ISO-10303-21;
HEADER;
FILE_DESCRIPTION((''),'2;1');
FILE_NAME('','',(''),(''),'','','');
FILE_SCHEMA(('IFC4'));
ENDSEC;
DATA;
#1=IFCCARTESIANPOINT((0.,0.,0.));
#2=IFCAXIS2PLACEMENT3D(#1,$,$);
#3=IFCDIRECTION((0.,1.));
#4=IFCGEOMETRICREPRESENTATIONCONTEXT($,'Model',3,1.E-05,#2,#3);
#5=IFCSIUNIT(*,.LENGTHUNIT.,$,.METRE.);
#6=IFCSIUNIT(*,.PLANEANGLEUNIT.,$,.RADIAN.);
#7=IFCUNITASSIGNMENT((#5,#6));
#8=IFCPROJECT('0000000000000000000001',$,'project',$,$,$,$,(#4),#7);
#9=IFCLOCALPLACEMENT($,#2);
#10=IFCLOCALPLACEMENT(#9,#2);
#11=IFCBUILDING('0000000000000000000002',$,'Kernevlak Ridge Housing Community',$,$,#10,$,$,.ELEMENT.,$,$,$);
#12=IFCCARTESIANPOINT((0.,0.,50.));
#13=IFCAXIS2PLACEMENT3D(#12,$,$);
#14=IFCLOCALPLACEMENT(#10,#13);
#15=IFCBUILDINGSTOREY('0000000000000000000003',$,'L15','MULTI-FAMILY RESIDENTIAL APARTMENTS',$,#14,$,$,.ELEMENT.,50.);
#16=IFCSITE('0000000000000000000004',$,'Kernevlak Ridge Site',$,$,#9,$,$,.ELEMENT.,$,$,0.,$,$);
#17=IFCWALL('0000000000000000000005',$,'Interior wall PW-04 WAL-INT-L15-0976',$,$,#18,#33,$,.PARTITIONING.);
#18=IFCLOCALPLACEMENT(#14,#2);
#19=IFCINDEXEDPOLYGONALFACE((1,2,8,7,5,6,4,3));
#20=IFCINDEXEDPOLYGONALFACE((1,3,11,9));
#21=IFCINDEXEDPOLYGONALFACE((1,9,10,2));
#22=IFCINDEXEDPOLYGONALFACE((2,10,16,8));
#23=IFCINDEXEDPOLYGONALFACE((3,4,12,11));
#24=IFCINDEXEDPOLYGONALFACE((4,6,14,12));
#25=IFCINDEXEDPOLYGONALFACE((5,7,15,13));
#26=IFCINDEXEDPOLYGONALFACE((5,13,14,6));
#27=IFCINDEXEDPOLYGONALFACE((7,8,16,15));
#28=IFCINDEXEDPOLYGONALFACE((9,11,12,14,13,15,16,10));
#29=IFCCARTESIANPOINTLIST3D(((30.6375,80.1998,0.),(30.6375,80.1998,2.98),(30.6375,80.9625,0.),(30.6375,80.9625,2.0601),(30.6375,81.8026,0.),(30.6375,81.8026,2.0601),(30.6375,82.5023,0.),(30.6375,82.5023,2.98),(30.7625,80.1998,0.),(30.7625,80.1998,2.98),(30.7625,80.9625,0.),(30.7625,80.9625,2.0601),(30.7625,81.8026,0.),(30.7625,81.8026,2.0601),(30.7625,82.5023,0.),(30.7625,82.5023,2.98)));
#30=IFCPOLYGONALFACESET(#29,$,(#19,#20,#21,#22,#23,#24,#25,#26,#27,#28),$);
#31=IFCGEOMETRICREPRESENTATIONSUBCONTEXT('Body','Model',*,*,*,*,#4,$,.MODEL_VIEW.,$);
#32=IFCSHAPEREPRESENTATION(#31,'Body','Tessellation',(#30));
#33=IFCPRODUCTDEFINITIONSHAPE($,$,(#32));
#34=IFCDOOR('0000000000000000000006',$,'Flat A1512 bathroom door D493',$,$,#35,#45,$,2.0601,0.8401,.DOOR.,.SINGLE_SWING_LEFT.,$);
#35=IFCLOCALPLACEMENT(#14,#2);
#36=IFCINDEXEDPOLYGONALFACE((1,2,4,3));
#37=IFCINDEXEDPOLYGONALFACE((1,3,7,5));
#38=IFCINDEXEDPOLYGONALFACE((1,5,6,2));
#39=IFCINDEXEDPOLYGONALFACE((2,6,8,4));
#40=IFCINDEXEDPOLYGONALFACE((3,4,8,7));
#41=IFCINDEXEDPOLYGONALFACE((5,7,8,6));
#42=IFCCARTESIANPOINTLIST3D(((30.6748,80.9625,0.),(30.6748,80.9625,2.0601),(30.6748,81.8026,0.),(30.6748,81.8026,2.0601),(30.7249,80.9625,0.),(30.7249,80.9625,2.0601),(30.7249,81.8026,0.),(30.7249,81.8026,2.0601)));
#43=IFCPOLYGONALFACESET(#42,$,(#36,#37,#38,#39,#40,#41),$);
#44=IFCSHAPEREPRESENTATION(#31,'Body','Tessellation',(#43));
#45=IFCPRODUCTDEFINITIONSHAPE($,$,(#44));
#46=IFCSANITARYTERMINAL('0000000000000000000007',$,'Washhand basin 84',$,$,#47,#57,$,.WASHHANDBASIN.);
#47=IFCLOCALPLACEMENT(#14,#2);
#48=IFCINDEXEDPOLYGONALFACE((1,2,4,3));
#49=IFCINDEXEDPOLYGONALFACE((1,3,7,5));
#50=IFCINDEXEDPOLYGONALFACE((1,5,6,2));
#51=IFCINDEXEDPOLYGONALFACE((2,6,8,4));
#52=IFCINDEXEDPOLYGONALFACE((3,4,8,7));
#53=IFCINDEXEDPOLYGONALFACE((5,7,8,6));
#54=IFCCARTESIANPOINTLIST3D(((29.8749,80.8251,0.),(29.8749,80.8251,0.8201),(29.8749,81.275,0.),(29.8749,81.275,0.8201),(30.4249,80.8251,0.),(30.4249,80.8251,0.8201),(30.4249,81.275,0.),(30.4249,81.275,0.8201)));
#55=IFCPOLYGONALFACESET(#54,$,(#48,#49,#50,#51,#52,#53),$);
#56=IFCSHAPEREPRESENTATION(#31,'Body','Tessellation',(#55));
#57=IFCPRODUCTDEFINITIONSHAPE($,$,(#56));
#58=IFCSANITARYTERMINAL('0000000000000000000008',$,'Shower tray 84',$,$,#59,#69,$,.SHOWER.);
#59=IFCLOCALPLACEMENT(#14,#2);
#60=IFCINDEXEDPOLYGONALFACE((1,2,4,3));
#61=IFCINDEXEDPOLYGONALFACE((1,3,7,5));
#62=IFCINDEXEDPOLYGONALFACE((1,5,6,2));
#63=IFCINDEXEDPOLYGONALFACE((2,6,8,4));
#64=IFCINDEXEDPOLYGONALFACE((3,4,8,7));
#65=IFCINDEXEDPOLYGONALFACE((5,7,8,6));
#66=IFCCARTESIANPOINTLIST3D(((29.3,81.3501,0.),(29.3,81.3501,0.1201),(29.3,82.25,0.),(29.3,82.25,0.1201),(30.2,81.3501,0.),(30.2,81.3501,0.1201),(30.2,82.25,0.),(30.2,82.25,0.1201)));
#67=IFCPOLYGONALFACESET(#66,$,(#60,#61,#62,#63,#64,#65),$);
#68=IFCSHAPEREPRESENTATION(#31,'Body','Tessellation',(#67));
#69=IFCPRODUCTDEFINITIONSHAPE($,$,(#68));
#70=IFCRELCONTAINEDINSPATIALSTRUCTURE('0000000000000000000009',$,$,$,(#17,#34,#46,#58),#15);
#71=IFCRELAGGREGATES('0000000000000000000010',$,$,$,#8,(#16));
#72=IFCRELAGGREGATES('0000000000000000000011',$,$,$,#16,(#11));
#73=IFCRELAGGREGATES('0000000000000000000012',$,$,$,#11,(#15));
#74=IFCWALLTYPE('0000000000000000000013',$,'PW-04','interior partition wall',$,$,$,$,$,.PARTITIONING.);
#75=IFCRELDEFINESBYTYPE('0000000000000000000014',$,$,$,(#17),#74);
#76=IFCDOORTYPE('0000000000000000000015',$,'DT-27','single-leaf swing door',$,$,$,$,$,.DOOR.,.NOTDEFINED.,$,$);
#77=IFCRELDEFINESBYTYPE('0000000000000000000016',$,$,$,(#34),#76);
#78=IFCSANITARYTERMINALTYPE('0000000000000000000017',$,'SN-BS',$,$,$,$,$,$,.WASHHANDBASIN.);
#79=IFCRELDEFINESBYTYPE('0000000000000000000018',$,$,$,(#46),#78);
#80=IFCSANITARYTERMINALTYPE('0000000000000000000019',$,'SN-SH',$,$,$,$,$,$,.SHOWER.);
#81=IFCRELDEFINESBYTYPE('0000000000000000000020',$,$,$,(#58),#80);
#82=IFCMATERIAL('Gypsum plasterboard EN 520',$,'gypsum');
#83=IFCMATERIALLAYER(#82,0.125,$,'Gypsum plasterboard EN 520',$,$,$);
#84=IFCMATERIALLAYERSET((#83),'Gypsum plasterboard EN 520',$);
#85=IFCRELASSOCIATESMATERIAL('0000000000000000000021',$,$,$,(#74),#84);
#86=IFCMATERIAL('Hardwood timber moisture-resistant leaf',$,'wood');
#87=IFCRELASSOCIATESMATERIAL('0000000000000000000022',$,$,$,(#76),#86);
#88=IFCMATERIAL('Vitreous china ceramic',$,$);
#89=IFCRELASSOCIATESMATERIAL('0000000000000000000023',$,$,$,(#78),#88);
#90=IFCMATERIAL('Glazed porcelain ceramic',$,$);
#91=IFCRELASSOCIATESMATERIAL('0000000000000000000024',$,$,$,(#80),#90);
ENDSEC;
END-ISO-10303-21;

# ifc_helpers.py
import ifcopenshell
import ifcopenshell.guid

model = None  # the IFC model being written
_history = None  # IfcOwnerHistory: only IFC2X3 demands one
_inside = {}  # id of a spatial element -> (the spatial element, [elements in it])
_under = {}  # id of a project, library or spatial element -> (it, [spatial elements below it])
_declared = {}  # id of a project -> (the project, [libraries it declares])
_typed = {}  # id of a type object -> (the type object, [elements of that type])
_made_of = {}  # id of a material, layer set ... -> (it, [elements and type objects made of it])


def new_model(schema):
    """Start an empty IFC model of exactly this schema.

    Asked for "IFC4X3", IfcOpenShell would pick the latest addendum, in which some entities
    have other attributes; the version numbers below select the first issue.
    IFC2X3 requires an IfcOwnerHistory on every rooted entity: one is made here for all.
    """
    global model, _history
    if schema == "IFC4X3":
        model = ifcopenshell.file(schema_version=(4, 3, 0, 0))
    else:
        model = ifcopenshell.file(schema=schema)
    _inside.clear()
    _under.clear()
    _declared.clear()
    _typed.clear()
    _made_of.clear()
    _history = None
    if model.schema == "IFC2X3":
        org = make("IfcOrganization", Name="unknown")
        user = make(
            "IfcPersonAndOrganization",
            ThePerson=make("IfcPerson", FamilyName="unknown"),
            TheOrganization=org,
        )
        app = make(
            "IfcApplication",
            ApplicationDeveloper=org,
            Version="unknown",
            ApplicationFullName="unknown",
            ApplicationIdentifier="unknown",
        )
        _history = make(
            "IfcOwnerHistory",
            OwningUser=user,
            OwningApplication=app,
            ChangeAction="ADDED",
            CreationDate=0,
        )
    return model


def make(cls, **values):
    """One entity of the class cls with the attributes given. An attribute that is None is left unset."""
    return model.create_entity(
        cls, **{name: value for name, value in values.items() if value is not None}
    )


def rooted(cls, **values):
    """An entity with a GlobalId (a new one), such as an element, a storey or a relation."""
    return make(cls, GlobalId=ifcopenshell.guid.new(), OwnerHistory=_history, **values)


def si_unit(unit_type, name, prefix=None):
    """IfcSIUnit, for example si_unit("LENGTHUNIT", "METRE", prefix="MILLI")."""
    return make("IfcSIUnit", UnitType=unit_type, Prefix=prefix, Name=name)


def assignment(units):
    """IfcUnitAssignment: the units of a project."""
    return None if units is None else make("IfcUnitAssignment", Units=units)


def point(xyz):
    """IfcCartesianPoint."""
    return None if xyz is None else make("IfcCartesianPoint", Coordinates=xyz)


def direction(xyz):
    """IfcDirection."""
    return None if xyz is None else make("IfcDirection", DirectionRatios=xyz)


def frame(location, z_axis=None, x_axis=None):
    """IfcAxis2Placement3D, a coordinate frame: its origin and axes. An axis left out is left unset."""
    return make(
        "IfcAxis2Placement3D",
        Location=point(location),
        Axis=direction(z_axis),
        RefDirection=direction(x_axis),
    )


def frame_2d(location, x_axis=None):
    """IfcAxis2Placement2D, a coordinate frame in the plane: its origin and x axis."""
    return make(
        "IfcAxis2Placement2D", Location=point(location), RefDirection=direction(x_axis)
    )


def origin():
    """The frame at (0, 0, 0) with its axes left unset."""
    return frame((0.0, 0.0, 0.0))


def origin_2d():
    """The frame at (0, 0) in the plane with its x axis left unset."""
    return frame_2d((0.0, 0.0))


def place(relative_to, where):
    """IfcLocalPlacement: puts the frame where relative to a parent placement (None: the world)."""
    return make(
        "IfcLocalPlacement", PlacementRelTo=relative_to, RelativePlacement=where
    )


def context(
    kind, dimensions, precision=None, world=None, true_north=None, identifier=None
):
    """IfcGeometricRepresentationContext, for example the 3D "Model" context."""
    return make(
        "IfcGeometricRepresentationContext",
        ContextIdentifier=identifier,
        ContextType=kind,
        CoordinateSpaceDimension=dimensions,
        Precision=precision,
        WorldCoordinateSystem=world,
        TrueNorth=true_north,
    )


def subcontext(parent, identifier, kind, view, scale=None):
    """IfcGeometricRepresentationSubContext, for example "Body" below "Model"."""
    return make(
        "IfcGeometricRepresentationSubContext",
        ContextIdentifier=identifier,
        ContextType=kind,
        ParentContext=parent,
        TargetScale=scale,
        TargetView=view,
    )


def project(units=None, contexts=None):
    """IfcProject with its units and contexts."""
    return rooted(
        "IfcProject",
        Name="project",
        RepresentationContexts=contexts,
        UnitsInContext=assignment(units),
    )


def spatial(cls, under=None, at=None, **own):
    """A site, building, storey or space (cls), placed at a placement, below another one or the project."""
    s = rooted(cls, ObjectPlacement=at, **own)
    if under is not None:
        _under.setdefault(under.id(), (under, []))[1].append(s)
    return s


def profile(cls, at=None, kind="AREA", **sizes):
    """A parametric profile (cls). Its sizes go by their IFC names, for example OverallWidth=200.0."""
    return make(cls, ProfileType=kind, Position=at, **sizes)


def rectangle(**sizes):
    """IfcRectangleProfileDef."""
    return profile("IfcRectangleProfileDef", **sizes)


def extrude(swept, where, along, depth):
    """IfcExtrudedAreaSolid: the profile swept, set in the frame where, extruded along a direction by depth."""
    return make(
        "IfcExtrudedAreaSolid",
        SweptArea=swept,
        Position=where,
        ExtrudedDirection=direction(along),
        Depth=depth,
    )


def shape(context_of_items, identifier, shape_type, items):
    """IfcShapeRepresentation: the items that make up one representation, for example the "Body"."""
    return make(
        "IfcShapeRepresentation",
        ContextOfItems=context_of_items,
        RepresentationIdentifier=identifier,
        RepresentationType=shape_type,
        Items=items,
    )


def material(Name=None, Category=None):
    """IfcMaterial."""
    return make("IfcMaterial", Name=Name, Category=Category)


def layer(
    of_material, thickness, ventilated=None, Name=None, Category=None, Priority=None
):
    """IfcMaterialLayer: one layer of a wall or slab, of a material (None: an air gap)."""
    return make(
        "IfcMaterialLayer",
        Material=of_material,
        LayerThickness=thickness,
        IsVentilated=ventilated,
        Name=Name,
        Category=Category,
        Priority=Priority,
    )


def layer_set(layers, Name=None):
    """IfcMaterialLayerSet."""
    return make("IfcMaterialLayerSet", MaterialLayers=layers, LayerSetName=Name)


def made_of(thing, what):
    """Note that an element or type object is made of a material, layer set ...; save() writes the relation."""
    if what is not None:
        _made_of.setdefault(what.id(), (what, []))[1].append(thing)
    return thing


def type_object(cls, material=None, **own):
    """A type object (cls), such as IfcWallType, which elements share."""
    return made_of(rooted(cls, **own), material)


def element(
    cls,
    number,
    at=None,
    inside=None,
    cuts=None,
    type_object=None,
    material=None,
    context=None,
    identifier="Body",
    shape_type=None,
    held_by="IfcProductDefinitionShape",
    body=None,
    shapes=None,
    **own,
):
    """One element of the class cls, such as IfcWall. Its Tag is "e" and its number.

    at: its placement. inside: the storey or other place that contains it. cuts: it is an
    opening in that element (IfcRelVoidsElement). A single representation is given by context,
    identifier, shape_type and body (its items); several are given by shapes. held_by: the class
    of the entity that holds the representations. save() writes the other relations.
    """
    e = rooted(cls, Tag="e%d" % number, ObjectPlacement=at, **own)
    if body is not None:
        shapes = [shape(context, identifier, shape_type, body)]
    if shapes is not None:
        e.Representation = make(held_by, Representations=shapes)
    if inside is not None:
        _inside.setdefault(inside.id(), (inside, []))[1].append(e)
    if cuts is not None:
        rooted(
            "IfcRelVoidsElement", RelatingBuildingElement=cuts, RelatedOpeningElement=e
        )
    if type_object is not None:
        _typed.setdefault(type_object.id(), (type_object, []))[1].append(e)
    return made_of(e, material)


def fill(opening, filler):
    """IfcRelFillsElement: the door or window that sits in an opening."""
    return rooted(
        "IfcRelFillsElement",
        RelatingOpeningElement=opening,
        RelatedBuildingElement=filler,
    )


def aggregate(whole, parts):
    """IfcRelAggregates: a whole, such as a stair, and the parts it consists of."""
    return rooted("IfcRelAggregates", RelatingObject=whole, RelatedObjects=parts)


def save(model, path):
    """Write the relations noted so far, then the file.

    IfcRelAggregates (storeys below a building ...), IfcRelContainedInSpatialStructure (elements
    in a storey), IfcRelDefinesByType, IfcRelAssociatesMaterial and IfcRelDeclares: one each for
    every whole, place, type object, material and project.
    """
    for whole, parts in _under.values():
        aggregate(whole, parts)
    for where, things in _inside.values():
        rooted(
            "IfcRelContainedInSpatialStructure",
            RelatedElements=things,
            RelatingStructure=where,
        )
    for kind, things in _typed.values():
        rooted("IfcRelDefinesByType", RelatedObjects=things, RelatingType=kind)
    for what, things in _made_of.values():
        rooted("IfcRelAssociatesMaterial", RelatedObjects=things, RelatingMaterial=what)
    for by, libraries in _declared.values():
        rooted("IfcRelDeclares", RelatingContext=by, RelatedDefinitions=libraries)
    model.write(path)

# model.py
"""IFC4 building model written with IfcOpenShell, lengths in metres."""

from ifc_helpers import new_model, si_unit, direction, frame, frame_2d, origin, origin_2d, place, context, subcontext, project, spatial, rectangle, extrude, material, layer, layer_set, type_object, element, fill, save


model = new_model("IFC4")

# Units and contexts
model_context = context("Model", 3, precision=1e-05, world=origin(), true_north=direction((0.0, 1.0)))
body_context = subcontext(model_context, "Body", "Model", "MODEL_VIEW")
ifc_project = project(units=[si_unit("LENGTHUNIT", "METRE"), si_unit("PLANEANGLEUNIT", "RADIAN")], contexts=[model_context])

# Site, building, storey
site_placement = place(None, origin())
site = spatial("IfcSite", under=ifc_project, at=site_placement, Name="Kernevlak Ridge Site", CompositionType="ELEMENT", RefElevation=0.0)
building_placement = place(site_placement, origin())
building = spatial("IfcBuilding", under=site, at=building_placement, Name="Kernevlak Ridge Housing Community", CompositionType="ELEMENT")
storey_placement = place(building_placement, frame((0.0, 0.0, 50.0)))
storey = spatial("IfcBuildingStorey", under=building, at=storey_placement, Name="L15", Description="MULTI-FAMILY RESIDENTIAL APARTMENTS", CompositionType="ELEMENT", Elevation=50.0)

# Wall, opening, door
ifc_material_1 = material(Name="Gypsum plasterboard EN 520", Category="gypsum")
ifc_layer_1 = layer(ifc_material_1, 0.125, Name="Gypsum plasterboard EN 520")
ifc_layer_set_1 = layer_set([ifc_layer_1], Name="Gypsum plasterboard EN 520")
wall_type_1 = type_object("IfcWallType", Name="PW-04", Description="interior partition wall", PredefinedType="PARTITIONING", material=ifc_layer_set_1)
wall_1_placement = place(storey_placement, frame((30.7, 82.5024, 0.0), z_axis=(0.0, 0.0, 1.0), x_axis=(0.0, -1.0, 0.0)))
wall_1 = element("IfcWall", 1, at=wall_1_placement, inside=storey, type_object=wall_type_1, Name="Interior wall PW-04 WAL-INT-L15-0976", PredefinedType="PARTITIONING", context=body_context, shape_type="SweptSolid", body=[
    extrude(rectangle(XDim=2.3025, YDim=0.125, at=frame_2d((1.1514, 0.0))), origin(), (0.0, 0.0, 1.0), 2.98),
])
opening_1_placement = place(wall_1_placement, frame((0.7, 0.0, 0.0)))
opening_1 = element("IfcOpeningElement", 2, at=opening_1_placement, cuts=wall_1, PredefinedType="OPENING", context=body_context, shape_type="SweptSolid", body=[
    extrude(rectangle(XDim=0.8401, YDim=2.0601, at=frame_2d((0.4199, 1.03))), frame((0.0, 0.0725, 0.0), z_axis=(0.0, -1.0, 0.0), x_axis=(1.0, 0.0, 0.0)), (0.0, 0.0, 1.0), 0.145),
])
ifc_material_2 = material(Name="Hardwood timber moisture-resistant leaf", Category="wood")
door_type_1 = type_object("IfcDoorType", Name="DT-27", Description="single-leaf swing door", OperationType="NOTDEFINED", PredefinedType="DOOR", material=ifc_material_2)
door_1_placement = place(opening_1_placement, origin())
door_1 = element("IfcDoor", 3, at=door_1_placement, inside=storey, type_object=door_type_1, Name="Flat A1512 bathroom door D493", OperationType="SINGLE_SWING_LEFT", OverallHeight=2.0601, OverallWidth=0.8401, PredefinedType="DOOR", context=body_context, shape_type="SweptSolid", body=[
    extrude(rectangle(XDim=0.8401, YDim=2.0601, at=frame_2d((0.4199, 1.03))), frame((0.0, 0.0249, 0.0), z_axis=(0.0, -1.0, 0.0), x_axis=(1.0, 0.0, 0.0)), (0.0, 0.0, 1.0), 0.05),
])
fill(opening_1, door_1)

# Sanitary terminals
ifc_material_3 = material(Name="Vitreous china ceramic")
sanitary_terminal_type_1 = type_object("IfcSanitaryTerminalType", Name="SN-BS", PredefinedType="WASHHANDBASIN", material=ifc_material_3)
sanitary_terminal_1_placement = place(storey_placement, frame((30.1499, 81.05, 0.0), z_axis=(0.0, 0.0, 1.0), x_axis=(1.0, 0.0, 0.0)))
element("IfcSanitaryTerminal", 4, at=sanitary_terminal_1_placement, inside=storey, type_object=sanitary_terminal_type_1, Name="Washhand basin 84", PredefinedType="WASHHANDBASIN", context=body_context, shape_type="SweptSolid", body=[
    extrude(rectangle(XDim=0.55, YDim=0.45, at=origin_2d()), origin(), (0.0, 0.0, 1.0), 0.8201),
])
ifc_material_4 = material(Name="Glazed porcelain ceramic")
sanitary_terminal_type_2 = type_object("IfcSanitaryTerminalType", Name="SN-SH", PredefinedType="SHOWER", material=ifc_material_4)
sanitary_terminal_2_placement = place(storey_placement, frame((29.75, 81.8, 0.0), z_axis=(0.0, 0.0, 1.0), x_axis=(1.0, 0.0, 0.0)))
element("IfcSanitaryTerminal", 5, at=sanitary_terminal_2_placement, inside=storey, type_object=sanitary_terminal_type_2, Name="Shower tray 84", PredefinedType="SHOWER", context=body_context, shape_type="SweptSolid", body=[
    extrude(rectangle(XDim=0.8999, YDim=0.8999, at=origin_2d()), origin(), (0.0, 0.0, 1.0), 0.1201),
])

save(model, "model.ifc")
